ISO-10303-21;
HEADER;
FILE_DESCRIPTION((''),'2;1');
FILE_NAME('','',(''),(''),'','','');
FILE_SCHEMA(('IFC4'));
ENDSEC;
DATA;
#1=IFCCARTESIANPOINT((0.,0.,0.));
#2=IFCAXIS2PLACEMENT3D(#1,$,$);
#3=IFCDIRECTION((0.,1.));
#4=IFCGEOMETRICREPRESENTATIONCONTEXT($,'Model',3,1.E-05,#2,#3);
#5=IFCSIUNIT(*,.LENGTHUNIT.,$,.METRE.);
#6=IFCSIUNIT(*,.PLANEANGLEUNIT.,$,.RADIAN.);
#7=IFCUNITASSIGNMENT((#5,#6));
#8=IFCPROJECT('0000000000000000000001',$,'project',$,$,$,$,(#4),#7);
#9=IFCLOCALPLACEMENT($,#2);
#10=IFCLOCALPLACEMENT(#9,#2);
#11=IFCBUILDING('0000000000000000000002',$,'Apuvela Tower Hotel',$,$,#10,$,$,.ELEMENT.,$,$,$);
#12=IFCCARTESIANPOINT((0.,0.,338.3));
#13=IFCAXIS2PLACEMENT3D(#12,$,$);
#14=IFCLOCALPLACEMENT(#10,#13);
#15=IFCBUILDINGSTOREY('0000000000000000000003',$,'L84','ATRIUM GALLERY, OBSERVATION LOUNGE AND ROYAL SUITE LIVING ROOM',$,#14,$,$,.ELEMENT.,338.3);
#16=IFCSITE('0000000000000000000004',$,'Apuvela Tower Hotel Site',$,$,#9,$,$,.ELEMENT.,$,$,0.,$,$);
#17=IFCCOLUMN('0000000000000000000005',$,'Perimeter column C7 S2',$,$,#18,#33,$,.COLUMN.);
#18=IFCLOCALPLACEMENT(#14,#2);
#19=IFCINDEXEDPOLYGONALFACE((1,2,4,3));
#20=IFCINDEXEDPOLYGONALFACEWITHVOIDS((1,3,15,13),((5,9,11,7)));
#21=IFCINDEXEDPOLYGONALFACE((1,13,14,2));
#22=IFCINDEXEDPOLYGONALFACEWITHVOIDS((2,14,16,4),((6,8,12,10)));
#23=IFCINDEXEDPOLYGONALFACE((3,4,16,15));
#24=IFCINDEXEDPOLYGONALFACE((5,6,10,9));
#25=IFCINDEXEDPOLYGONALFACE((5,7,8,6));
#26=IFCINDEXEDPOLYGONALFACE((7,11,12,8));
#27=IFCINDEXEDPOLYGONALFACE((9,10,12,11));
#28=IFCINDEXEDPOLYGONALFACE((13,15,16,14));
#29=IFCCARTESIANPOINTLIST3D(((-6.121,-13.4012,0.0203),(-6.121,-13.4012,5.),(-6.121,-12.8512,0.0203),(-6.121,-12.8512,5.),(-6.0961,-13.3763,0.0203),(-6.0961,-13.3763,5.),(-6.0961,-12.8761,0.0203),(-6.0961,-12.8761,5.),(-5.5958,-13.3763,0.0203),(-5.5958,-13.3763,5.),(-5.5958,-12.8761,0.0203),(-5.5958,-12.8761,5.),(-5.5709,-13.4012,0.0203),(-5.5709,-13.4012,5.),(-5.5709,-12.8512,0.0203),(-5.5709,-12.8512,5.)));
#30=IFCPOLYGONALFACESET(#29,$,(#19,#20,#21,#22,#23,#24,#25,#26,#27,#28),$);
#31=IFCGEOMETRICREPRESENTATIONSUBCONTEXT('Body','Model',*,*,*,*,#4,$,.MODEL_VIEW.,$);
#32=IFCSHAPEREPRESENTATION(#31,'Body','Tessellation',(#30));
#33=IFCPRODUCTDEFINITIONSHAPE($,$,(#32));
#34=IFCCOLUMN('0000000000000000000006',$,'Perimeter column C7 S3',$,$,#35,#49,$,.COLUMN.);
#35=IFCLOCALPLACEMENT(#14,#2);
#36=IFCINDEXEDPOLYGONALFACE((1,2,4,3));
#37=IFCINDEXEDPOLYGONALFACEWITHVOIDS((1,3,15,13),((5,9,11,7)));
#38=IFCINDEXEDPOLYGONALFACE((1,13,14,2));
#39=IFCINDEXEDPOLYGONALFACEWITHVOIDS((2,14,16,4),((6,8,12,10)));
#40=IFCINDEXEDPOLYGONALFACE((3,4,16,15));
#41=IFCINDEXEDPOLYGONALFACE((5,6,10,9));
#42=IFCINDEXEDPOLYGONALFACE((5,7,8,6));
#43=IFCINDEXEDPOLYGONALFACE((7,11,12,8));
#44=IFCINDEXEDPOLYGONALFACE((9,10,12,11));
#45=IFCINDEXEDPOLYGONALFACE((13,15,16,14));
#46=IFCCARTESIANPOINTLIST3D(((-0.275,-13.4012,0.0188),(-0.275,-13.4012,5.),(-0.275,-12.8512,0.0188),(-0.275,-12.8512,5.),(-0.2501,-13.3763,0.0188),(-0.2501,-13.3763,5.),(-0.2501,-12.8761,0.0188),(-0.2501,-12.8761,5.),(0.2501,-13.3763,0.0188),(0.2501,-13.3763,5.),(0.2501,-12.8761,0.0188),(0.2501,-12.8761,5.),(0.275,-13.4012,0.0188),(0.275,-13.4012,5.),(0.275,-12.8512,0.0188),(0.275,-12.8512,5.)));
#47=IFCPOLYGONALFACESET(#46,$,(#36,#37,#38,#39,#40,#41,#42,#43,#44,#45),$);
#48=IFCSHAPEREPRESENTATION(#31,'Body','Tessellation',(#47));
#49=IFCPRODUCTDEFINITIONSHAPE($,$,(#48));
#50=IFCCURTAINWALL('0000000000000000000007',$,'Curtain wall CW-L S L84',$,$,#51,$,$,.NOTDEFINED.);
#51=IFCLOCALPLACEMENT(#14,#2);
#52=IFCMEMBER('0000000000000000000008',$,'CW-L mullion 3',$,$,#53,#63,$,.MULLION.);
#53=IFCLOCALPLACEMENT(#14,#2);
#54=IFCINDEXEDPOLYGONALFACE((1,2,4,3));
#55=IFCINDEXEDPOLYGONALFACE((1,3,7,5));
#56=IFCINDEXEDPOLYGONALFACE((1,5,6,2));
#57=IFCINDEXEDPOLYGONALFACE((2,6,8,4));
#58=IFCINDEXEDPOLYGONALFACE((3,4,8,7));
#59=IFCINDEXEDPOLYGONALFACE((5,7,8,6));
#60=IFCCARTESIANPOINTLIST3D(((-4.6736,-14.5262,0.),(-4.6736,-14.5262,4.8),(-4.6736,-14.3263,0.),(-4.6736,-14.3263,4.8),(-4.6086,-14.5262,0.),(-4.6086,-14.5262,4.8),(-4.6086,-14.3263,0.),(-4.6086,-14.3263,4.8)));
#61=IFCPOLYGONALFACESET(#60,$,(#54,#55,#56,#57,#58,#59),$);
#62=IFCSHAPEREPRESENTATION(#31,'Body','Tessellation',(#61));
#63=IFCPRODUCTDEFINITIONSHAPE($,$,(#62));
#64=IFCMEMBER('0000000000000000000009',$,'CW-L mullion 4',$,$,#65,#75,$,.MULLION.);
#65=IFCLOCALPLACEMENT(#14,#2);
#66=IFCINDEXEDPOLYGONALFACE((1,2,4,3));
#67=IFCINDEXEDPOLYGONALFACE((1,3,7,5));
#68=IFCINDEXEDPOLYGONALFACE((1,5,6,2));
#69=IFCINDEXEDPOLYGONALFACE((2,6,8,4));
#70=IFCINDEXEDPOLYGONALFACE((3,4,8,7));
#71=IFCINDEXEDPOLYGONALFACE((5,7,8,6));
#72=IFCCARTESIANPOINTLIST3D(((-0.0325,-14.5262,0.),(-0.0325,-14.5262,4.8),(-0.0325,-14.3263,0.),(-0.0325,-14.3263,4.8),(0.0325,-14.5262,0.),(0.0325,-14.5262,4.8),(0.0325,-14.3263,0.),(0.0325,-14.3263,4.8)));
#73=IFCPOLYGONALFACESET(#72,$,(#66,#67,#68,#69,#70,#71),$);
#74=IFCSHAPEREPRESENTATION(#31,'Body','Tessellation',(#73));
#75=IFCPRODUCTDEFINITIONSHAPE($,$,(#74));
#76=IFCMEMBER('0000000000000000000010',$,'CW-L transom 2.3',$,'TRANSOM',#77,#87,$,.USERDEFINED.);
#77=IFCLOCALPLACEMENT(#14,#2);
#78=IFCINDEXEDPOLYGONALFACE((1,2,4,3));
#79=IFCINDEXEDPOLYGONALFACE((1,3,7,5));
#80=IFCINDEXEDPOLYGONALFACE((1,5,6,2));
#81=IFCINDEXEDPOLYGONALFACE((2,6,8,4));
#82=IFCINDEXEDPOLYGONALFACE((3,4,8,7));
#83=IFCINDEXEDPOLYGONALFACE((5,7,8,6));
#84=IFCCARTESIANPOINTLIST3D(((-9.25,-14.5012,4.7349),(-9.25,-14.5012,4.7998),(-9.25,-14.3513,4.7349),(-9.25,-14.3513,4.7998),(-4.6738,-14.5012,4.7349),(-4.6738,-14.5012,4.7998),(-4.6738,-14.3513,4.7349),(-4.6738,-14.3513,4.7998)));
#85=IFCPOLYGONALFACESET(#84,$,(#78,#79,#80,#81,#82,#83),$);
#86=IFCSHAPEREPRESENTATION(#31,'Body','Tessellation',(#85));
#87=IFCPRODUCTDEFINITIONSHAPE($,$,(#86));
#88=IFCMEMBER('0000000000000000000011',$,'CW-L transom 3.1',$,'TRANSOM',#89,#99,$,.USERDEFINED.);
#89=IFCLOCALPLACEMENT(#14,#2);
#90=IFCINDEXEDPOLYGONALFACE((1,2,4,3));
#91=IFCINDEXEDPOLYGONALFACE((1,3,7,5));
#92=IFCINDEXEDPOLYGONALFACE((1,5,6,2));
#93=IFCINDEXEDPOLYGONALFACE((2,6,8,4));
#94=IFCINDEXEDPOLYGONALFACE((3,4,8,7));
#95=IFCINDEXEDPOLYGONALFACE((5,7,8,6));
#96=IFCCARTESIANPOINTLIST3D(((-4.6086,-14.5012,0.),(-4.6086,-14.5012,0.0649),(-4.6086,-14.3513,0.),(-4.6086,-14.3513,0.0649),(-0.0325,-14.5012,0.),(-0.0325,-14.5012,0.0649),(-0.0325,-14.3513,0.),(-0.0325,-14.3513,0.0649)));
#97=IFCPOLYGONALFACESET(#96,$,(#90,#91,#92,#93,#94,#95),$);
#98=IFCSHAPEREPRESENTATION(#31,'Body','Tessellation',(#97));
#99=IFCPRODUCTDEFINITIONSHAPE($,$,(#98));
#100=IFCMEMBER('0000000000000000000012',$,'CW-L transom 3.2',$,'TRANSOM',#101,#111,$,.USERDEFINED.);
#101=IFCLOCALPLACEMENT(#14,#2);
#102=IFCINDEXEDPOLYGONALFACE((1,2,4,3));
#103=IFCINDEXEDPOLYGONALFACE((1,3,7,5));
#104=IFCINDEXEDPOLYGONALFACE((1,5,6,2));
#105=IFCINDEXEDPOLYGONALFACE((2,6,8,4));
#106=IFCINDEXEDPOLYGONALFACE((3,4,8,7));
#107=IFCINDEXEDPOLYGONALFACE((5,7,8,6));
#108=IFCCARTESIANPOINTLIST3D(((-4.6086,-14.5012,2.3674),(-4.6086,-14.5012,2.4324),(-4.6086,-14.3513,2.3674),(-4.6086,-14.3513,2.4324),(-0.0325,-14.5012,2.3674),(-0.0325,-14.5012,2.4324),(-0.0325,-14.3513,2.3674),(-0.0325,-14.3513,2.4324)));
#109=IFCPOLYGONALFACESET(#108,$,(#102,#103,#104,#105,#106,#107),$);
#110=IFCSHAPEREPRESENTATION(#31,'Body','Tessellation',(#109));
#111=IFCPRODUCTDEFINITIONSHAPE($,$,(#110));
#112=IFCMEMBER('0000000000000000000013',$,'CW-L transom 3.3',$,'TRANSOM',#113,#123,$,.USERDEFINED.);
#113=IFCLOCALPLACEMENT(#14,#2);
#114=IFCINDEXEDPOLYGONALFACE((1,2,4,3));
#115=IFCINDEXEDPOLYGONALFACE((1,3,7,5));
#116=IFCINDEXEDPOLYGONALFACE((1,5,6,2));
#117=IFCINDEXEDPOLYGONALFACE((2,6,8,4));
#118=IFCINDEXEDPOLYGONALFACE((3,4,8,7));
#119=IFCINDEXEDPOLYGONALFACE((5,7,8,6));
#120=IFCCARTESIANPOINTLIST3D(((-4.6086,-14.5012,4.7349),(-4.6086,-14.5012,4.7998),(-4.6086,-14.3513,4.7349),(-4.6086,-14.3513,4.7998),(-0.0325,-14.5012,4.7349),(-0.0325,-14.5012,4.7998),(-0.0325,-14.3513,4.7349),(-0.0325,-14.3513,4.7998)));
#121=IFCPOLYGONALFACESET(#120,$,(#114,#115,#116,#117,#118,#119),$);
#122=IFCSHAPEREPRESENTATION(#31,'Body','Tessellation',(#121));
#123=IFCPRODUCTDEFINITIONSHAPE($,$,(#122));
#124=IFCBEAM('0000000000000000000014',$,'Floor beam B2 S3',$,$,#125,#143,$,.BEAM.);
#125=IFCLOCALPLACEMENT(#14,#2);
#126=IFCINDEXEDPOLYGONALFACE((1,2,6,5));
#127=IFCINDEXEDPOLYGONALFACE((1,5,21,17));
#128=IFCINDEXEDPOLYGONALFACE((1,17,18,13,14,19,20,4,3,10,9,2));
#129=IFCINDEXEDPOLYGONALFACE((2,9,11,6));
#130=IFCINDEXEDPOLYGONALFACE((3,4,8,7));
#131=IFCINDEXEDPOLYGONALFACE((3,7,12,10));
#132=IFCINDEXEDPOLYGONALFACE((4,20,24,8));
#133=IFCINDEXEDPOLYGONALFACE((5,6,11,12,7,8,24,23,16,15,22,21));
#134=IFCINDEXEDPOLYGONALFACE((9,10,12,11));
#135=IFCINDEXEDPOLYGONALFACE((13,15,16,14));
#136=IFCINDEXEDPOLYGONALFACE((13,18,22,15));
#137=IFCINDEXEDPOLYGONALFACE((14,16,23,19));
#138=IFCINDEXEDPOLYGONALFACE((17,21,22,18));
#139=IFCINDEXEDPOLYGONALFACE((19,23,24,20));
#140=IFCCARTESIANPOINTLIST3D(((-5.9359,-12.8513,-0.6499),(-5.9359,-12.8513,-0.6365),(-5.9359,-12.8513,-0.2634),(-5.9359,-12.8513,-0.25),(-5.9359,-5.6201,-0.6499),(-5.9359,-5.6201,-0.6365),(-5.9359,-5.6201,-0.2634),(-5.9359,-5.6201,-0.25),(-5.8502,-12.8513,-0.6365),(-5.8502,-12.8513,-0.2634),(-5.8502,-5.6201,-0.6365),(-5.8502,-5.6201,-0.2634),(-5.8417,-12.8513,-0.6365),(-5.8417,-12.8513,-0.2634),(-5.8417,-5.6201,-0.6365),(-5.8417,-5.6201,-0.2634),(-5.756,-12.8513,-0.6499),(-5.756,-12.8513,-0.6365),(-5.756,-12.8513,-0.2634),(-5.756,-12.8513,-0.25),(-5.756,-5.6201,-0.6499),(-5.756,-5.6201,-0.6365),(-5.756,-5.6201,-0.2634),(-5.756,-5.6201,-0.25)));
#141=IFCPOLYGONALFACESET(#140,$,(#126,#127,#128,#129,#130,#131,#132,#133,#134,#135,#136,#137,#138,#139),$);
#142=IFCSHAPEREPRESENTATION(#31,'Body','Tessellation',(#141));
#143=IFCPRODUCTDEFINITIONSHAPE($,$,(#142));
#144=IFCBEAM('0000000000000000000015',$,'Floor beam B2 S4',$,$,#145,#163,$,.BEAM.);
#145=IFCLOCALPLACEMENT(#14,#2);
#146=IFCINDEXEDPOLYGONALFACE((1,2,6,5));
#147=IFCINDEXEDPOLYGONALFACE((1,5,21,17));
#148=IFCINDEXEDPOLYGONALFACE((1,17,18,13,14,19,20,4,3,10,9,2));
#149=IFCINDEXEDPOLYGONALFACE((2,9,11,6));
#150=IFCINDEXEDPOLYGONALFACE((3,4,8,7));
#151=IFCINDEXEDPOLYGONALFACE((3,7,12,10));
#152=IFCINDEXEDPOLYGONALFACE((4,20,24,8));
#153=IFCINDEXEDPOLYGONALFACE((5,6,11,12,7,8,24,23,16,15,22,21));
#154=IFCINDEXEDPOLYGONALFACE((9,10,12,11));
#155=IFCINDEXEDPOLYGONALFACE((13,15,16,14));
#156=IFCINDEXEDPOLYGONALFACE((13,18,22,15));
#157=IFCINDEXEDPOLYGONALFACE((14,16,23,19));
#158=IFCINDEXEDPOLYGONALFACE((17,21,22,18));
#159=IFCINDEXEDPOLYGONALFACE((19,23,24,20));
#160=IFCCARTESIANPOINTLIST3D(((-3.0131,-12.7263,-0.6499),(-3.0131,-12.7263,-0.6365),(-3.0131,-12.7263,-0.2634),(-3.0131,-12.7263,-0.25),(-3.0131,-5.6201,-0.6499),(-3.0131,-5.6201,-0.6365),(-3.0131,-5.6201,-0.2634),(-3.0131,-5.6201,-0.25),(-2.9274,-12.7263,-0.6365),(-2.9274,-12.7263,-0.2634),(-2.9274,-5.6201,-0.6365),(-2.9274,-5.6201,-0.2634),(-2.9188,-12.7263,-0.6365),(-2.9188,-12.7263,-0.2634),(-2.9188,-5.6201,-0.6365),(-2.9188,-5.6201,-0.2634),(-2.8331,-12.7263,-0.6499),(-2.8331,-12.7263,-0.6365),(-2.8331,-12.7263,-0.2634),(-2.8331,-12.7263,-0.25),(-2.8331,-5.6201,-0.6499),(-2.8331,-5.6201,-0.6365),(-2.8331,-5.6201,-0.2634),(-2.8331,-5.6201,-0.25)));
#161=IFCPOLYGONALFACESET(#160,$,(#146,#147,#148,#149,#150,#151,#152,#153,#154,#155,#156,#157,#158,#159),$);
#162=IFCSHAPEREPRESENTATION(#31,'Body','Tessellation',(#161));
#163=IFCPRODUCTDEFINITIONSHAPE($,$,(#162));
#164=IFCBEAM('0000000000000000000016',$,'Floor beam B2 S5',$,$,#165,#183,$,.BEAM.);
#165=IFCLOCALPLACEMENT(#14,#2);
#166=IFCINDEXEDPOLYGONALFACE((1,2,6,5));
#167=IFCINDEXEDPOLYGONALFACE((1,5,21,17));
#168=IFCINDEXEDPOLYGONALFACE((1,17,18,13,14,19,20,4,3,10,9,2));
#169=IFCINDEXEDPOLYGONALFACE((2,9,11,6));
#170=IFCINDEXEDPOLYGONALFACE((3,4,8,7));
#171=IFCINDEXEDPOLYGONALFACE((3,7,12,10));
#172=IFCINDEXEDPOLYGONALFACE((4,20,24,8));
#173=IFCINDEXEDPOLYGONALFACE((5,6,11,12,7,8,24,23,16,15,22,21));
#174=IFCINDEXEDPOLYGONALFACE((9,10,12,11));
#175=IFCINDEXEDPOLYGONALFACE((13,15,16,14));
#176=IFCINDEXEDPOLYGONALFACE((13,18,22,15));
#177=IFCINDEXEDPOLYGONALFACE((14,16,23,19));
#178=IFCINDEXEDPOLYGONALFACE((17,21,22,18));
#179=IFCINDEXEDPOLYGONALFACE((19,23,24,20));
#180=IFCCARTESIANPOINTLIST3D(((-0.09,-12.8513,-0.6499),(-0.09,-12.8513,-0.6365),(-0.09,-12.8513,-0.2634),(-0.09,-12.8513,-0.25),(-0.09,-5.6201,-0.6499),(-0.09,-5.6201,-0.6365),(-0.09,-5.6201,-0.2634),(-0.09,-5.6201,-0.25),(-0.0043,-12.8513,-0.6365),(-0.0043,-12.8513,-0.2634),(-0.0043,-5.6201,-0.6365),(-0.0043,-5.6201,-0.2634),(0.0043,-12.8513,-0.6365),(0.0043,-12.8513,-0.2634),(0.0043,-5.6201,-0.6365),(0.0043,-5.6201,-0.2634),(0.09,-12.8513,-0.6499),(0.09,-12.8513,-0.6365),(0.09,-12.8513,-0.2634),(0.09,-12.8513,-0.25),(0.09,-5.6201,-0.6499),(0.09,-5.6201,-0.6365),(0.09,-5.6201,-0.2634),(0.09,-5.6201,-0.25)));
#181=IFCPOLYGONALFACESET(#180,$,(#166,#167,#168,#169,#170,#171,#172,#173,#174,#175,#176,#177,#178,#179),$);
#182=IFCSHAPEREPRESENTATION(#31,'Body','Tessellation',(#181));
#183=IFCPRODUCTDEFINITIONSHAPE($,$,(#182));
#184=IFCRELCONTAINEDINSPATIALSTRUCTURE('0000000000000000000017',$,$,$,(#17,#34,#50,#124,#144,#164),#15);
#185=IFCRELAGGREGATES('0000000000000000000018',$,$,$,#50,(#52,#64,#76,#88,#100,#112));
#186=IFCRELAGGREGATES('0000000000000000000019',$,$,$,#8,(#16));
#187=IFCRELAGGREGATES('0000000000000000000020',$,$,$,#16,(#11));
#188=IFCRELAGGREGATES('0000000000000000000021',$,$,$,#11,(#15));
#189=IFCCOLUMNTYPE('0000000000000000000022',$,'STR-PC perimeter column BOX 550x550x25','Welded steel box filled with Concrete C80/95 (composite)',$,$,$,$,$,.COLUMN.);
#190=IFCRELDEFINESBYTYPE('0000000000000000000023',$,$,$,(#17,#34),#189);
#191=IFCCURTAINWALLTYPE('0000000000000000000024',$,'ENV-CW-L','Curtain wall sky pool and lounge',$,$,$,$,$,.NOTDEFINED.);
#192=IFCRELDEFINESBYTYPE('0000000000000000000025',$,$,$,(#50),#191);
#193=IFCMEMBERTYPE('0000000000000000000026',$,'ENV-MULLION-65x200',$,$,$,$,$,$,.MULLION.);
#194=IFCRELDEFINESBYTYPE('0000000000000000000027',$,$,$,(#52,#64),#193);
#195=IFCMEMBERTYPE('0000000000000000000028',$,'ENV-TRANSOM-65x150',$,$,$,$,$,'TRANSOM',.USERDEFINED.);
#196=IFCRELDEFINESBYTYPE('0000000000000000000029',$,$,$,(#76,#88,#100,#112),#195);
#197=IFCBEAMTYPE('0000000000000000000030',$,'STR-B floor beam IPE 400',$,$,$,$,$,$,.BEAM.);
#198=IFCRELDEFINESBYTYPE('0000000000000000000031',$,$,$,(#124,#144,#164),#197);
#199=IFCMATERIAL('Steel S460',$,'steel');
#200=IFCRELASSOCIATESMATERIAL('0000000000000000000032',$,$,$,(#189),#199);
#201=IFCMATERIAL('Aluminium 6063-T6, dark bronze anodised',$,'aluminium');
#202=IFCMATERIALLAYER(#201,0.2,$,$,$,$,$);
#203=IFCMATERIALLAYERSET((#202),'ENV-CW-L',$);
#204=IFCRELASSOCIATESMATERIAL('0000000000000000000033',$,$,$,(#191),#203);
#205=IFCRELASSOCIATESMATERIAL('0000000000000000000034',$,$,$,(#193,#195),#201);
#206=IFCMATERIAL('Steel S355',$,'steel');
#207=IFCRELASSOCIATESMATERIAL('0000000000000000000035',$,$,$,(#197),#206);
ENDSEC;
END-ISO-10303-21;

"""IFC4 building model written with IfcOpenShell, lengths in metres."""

from ifc_helpers import new_model, si_unit, direction, frame, origin, origin_2d, place, context, subcontext, project, spatial, rectangle, hollow_rectangle, i_section, extrude, boolean, halfspace, material, layer, layer_set, material_profile, profile_set, type_object, element, aggregate, save


model = new_model("IFC4")

# Units and contexts
model_context = context("Model", 3, precision=1e-05, world=origin(), true_north=direction((0.0, 1.0)))
body_context = subcontext(model_context, "Body", "Model", "MODEL_VIEW")
ifc_project = project(units=[si_unit("LENGTHUNIT", "METRE"), si_unit("PLANEANGLEUNIT", "RADIAN")], contexts=[model_context])

# Site, building, storey
site_placement = place(None, origin())
site = spatial("IfcSite", under=ifc_project, at=site_placement, Name="Apuvela Tower Hotel Site", CompositionType="ELEMENT", RefElevation=0.0)
building_placement = place(site_placement, origin())
building = spatial("IfcBuilding", under=site, at=building_placement, Name="Apuvela Tower Hotel", CompositionType="ELEMENT")
storey_placement = place(building_placement, frame((0.0, 0.0, 338.3)))
storey = spatial("IfcBuildingStorey", under=building, at=storey_placement, Name="L84", Description="ATRIUM GALLERY, OBSERVATION LOUNGE AND ROYAL SUITE LIVING ROOM", CompositionType="ELEMENT", Elevation=338.3)

# Columns
ifc_material_1 = material(Name="Steel S460", Category="steel")
ifc_material_profile_1 = material_profile(ifc_material_1, hollow_rectangle(XDim=0.55, YDim=0.55, WallThickness=0.0249, at=origin_2d()), Name="BOX 550x550x25")
ifc_material_2 = material(Name="Concrete C80/95", Category="concrete")
ifc_material_profile_2 = material_profile(ifc_material_2, rectangle(XDim=0.5, YDim=0.5, at=origin_2d()), Name="Concrete C80/95 infill")
ifc_profile_set_1 = profile_set([ifc_material_profile_1, ifc_material_profile_2], Name="Steel S460")
column_type = type_object("IfcColumnType", Name="STR-PC perimeter column BOX 550x550x25", Description="Welded steel box filled with Concrete C80/95 (composite)", PredefinedType="COLUMN", material=ifc_profile_set_1)
column_1_placement = place(storey_placement, frame((-5.8459, -13.1262, 0.0), z_axis=(0.0, 0.0, 1.0), x_axis=(-1.0, 0.0, 0.0)))
element("IfcColumn", 1, at=column_1_placement, inside=storey, type_object=column_type, Name="Perimeter column C7 S2", PredefinedType="COLUMN", context=body_context, shape_type="SweptSolid", body=[
    boolean("DIFFERENCE", extrude(hollow_rectangle(XDim=0.55, YDim=0.55, WallThickness=0.0249, at=origin_2d()), origin(), (0.0, 0.0, 1.0), 5.0), halfspace(frame((0.0, 0.0, 0.0203), z_axis=(0.0, 0.0, 1.0), x_axis=(1.0, 0.0, 0.0)), True)),
])
column_2_placement = place(storey_placement, frame((0.0, -13.1262, 0.0), z_axis=(0.0, 0.0, 1.0), x_axis=(-1.0, 0.0, 0.0)))
element("IfcColumn", 2, at=column_2_placement, inside=storey, type_object=column_type, Name="Perimeter column C7 S3", PredefinedType="COLUMN", context=body_context, shape_type="SweptSolid", body=[
    boolean("DIFFERENCE", extrude(hollow_rectangle(XDim=0.55, YDim=0.55, WallThickness=0.0249, at=origin_2d()), origin(), (0.0, 0.0, 1.0), 5.0), halfspace(frame((0.0, 0.0, 0.0188), z_axis=(0.0, 0.0, 1.0), x_axis=(1.0, 0.0, 0.0)), True)),
])

# Curtain wall, members
ifc_material_3 = material(Name="Aluminium 6063-T6, dark bronze anodised", Category="aluminium")
ifc_layer_1 = layer(ifc_material_3, 0.2)
ifc_layer_set_1 = layer_set([ifc_layer_1], Name="ENV-CW-L")
curtain_wall_type = type_object("IfcCurtainWallType", Name="ENV-CW-L", Description="Curtain wall sky pool and lounge", PredefinedType="NOTDEFINED", material=ifc_layer_set_1)
curtain_wall_placement = place(storey_placement, origin())
curtain_wall = element("IfcCurtainWall", 3, at=curtain_wall_placement, inside=storey, type_object=curtain_wall_type, Name="Curtain wall CW-L S L84", PredefinedType="NOTDEFINED")
ifc_material_profile_3 = material_profile(ifc_material_3, rectangle(XDim=0.2, YDim=0.0649, at=origin_2d()), Name="AL 65x200")
ifc_profile_set_2 = profile_set([ifc_material_profile_3], Name="Aluminium 6063-T6, dark bronze anodised")
member_type_1 = type_object("IfcMemberType", Name="ENV-MULLION-65x200", PredefinedType="MULLION", material=ifc_profile_set_2)
member_1_placement = place(storey_placement, frame((-4.6411, -14.4263, 0.0), z_axis=(0.0, 0.0, 1.0), x_axis=(0.0, 1.0, 0.0)))
member_1 = element("IfcMember", 4, at=member_1_placement, type_object=member_type_1, Name="CW-L mullion 3", PredefinedType="MULLION", context=body_context, shape_type="SweptSolid", body=[
    extrude(rectangle(XDim=0.2, YDim=0.0649, at=origin_2d()), origin(), (0.0, 0.0, 1.0), 4.8),
])
member_2_placement = place(storey_placement, frame((0.0, -14.4263, 0.0), z_axis=(0.0, 0.0, 1.0), x_axis=(0.0, 1.0, 0.0)))
member_2 = element("IfcMember", 5, at=member_2_placement, type_object=member_type_1, Name="CW-L mullion 4", PredefinedType="MULLION", context=body_context, shape_type="SweptSolid", body=[
    extrude(rectangle(XDim=0.2, YDim=0.0649, at=origin_2d()), origin(), (0.0, 0.0, 1.0), 4.8),
])
ifc_material_profile_4 = material_profile(ifc_material_3, rectangle(XDim=0.1499, YDim=0.0649, at=origin_2d()), Name="AL 65x150 transom")
ifc_profile_set_3 = profile_set([ifc_material_profile_4], Name="Aluminium 6063-T6, dark bronze anodised")
member_type_2 = type_object("IfcMemberType", Name="ENV-TRANSOM-65x150", ElementType="TRANSOM", PredefinedType="USERDEFINED", material=ifc_profile_set_3)
member_3_placement = place(storey_placement, frame((-9.25, -14.4263, 4.7673), z_axis=(1.0, 0.0, 0.0), x_axis=(0.0, 1.0, 0.0)))
member_3 = element("IfcMember", 6, at=member_3_placement, type_object=member_type_2, Name="CW-L transom 2.3", ObjectType="TRANSOM", PredefinedType="USERDEFINED", context=body_context, shape_type="SweptSolid", body=[
    extrude(rectangle(XDim=0.1499, YDim=0.0649, at=origin_2d()), origin(), (0.0, 0.0, 1.0), 4.5762),
])
member_4_placement = place(storey_placement, frame((-4.6086, -14.4263, 0.0325), z_axis=(1.0, 0.0, 0.0), x_axis=(0.0, 1.0, 0.0)))
member_4 = element("IfcMember", 7, at=member_4_placement, type_object=member_type_2, Name="CW-L transom 3.1", ObjectType="TRANSOM", PredefinedType="USERDEFINED", context=body_context, shape_type="SweptSolid", body=[
    extrude(rectangle(XDim=0.1499, YDim=0.0649, at=origin_2d()), origin(), (0.0, 0.0, 1.0), 4.5762),
])
member_5_placement = place(storey_placement, frame((-4.6086, -14.4263, 2.3999), z_axis=(1.0, 0.0, 0.0), x_axis=(0.0, 1.0, 0.0)))
member_5 = element("IfcMember", 8, at=member_5_placement, type_object=member_type_2, Name="CW-L transom 3.2", ObjectType="TRANSOM", PredefinedType="USERDEFINED", context=body_context, shape_type="SweptSolid", body=[
    extrude(rectangle(XDim=0.1499, YDim=0.0649, at=origin_2d()), origin(), (0.0, 0.0, 1.0), 4.5762),
])
member_6_placement = place(storey_placement, frame((-4.6086, -14.4263, 4.7673), z_axis=(1.0, 0.0, 0.0), x_axis=(0.0, 1.0, 0.0)))
member_6 = element("IfcMember", 9, at=member_6_placement, type_object=member_type_2, Name="CW-L transom 3.3", ObjectType="TRANSOM", PredefinedType="USERDEFINED", context=body_context, shape_type="SweptSolid", body=[
    extrude(rectangle(XDim=0.1499, YDim=0.0649, at=origin_2d()), origin(), (0.0, 0.0, 1.0), 4.5762),
])

# Beams
ifc_material_4 = material(Name="Steel S355", Category="steel")
ifc_material_profile_5 = material_profile(ifc_material_4, i_section(OverallWidth=0.1799, OverallDepth=0.3999, WebThickness=0.0085, FlangeThickness=0.0134, at=origin_2d()), Name="IPE 400")
ifc_profile_set_4 = profile_set([ifc_material_profile_5], Name="Steel S355")
beam_type_1 = type_object("IfcBeamType", Name="STR-B floor beam IPE 400", PredefinedType="BEAM", material=ifc_profile_set_4)
beam_1_placement = place(storey_placement, frame((-5.8459, -12.8513, -0.45), z_axis=(0.0, 1.0, 0.0), x_axis=(-1.0, 0.0, 0.0)))
element("IfcBeam", 10, at=beam_1_placement, inside=storey, type_object=beam_type_1, Name="Floor beam B2 S3", PredefinedType="BEAM", context=body_context, shape_type="SweptSolid", body=[
    extrude(i_section(OverallWidth=0.1799, OverallDepth=0.3999, WebThickness=0.0085, FlangeThickness=0.0134, at=origin_2d()), origin(), (0.0, 0.0, 1.0), 7.2312),
])
beam_2_placement = place(storey_placement, frame((-2.9231, -12.7263, -0.45), z_axis=(0.0, 1.0, 0.0), x_axis=(-1.0, 0.0, 0.0)))
element("IfcBeam", 11, at=beam_2_placement, inside=storey, type_object=beam_type_1, Name="Floor beam B2 S4", PredefinedType="BEAM", context=body_context, shape_type="SweptSolid", body=[
    extrude(i_section(OverallWidth=0.1799, OverallDepth=0.3999, WebThickness=0.0085, FlangeThickness=0.0134, at=origin_2d()), origin(), (0.0, 0.0, 1.0), 7.1062),
])
beam_3_placement = place(storey_placement, frame((0.0, -12.8513, -0.45), z_axis=(0.0, 1.0, 0.0), x_axis=(-1.0, 0.0, 0.0)))
element("IfcBeam", 12, at=beam_3_placement, inside=storey, type_object=beam_type_1, Name="Floor beam B2 S5", PredefinedType="BEAM", context=body_context, shape_type="SweptSolid", body=[
    extrude(i_section(OverallWidth=0.1799, OverallDepth=0.3999, WebThickness=0.0085, FlangeThickness=0.0134, at=origin_2d()), origin(), (0.0, 0.0, 1.0), 7.2312),
])

aggregate(curtain_wall, [member_1, member_2, member_3, member_4, member_5, member_6])

save(model, "model.ifc")
